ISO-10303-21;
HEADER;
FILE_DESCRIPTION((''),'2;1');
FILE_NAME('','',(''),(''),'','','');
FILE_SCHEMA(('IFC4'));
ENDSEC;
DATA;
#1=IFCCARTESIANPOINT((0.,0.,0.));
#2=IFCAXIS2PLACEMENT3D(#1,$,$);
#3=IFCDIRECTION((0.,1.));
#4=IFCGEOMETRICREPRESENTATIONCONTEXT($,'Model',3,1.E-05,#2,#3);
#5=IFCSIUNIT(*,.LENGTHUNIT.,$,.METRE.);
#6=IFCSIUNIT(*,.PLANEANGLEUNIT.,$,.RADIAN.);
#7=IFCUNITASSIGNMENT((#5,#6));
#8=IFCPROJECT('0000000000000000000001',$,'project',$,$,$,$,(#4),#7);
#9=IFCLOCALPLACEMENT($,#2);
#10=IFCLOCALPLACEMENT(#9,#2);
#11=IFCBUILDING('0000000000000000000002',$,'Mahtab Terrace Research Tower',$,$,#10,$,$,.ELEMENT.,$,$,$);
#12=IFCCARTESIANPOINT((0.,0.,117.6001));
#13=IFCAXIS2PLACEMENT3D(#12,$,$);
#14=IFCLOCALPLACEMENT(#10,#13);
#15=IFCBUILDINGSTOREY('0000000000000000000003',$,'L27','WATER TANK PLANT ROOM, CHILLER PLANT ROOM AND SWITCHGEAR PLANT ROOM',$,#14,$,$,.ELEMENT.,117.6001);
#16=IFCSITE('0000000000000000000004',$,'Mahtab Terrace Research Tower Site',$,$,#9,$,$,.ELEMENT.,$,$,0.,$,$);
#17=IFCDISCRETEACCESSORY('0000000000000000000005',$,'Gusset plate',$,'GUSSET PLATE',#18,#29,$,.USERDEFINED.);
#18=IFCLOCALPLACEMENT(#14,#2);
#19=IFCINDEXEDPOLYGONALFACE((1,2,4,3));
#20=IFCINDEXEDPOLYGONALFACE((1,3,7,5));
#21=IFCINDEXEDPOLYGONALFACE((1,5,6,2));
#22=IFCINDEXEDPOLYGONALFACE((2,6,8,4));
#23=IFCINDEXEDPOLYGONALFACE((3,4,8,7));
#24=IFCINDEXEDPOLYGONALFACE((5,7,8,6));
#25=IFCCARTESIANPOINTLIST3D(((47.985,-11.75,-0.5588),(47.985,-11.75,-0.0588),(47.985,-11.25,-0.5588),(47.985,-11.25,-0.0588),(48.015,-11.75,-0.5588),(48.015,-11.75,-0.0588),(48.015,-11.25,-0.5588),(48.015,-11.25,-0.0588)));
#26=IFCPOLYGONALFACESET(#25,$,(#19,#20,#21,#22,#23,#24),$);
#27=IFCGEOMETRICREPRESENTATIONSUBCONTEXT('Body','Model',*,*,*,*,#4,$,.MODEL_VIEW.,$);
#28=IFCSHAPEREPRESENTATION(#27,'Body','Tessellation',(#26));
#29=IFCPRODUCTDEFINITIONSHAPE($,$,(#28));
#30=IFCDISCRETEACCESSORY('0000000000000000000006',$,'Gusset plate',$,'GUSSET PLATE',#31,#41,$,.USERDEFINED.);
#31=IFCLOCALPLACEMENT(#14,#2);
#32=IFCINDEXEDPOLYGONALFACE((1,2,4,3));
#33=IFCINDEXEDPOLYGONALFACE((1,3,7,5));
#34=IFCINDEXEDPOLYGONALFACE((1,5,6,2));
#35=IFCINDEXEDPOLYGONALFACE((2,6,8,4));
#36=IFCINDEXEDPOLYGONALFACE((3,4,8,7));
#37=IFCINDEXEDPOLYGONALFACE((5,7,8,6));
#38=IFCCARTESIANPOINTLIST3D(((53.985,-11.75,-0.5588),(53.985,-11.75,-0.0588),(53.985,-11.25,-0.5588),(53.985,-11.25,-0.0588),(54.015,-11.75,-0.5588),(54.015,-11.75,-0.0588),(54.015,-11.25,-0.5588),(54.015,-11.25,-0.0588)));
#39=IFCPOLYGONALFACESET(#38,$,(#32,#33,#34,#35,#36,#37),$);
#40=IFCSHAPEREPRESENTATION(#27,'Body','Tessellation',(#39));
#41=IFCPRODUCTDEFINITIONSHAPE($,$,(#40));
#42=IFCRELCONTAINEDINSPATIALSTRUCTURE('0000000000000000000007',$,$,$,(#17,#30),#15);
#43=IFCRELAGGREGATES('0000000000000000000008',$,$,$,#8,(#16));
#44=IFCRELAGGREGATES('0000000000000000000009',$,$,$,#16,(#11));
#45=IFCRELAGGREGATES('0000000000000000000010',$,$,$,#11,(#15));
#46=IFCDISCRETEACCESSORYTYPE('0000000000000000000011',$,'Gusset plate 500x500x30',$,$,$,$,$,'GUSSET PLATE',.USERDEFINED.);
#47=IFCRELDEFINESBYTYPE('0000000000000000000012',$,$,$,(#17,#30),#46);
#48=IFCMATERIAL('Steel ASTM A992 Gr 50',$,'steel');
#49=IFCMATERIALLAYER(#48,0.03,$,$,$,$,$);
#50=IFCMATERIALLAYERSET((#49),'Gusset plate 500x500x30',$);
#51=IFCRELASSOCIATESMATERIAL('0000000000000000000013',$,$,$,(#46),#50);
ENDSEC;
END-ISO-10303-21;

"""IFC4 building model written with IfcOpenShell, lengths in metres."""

from ifc_helpers import new_model, si_unit, direction, frame, origin, origin_2d, place, context, subcontext, project, spatial, rectangle, extrude, material, layer, layer_set, type_object, element, save


model = new_model("IFC4")

# Units and contexts
model_context = context("Model", 3, precision=1e-05, world=origin(), true_north=direction((0.0, 1.0)))
body_context = subcontext(model_context, "Body", "Model", "MODEL_VIEW")
ifc_project = project(units=[si_unit("LENGTHUNIT", "METRE"), si_unit("PLANEANGLEUNIT", "RADIAN")], contexts=[model_context])

# Site, building, storey
site_placement = place(None, origin())
site = spatial("IfcSite", under=ifc_project, at=site_placement, Name="Mahtab Terrace Research Tower Site", CompositionType="ELEMENT", RefElevation=0.0)
building_placement = place(site_placement, origin())
building = spatial("IfcBuilding", under=site, at=building_placement, Name="Mahtab Terrace Research Tower", CompositionType="ELEMENT")
storey_placement = place(building_placement, frame((0.0, 0.0, 117.6001)))
storey = spatial("IfcBuildingStorey", under=building, at=storey_placement, Name="L27", Description="WATER TANK PLANT ROOM, CHILLER PLANT ROOM AND SWITCHGEAR PLANT ROOM", CompositionType="ELEMENT", Elevation=117.6001)

# Shared definitions
ifc_material_1 = material(Name="Steel ASTM A992 Gr 50", Category="steel")

# Discrete accessories
ifc_layer_1 = layer(ifc_material_1, 0.03)
ifc_layer_set_1 = layer_set([ifc_layer_1], Name="Gusset plate 500x500x30")
discrete_accessory_type_1 = type_object("IfcDiscreteAccessoryType", Name="Gusset plate 500x500x30", ElementType="GUSSET PLATE", PredefinedType="USERDEFINED", material=ifc_layer_set_1)
for number, where, z_axis, x_axis, name in (
    (1, (48.0, -11.5, -0.5588), (0.0, 0.0, 1.0), (0.0, 1.0, 0.0), "Gusset plate"),
    (2, (54.0, -11.5, -0.5588), (0.0, 0.0, 1.0), (0.0, 1.0, 0.0), "Gusset plate"),
):
    element("IfcDiscreteAccessory", number, at=place(storey_placement, frame(where, z_axis=z_axis, x_axis=x_axis)), inside=storey, type_object=discrete_accessory_type_1, Name=name, ObjectType="GUSSET PLATE", PredefinedType="USERDEFINED", context=body_context, shape_type="SweptSolid", body=[
        extrude(rectangle(XDim=0.5, YDim=0.03, at=origin_2d()), origin(), (0.0, 0.0, 1.0), 0.5),
    ])

save(model, "model.ifc")
